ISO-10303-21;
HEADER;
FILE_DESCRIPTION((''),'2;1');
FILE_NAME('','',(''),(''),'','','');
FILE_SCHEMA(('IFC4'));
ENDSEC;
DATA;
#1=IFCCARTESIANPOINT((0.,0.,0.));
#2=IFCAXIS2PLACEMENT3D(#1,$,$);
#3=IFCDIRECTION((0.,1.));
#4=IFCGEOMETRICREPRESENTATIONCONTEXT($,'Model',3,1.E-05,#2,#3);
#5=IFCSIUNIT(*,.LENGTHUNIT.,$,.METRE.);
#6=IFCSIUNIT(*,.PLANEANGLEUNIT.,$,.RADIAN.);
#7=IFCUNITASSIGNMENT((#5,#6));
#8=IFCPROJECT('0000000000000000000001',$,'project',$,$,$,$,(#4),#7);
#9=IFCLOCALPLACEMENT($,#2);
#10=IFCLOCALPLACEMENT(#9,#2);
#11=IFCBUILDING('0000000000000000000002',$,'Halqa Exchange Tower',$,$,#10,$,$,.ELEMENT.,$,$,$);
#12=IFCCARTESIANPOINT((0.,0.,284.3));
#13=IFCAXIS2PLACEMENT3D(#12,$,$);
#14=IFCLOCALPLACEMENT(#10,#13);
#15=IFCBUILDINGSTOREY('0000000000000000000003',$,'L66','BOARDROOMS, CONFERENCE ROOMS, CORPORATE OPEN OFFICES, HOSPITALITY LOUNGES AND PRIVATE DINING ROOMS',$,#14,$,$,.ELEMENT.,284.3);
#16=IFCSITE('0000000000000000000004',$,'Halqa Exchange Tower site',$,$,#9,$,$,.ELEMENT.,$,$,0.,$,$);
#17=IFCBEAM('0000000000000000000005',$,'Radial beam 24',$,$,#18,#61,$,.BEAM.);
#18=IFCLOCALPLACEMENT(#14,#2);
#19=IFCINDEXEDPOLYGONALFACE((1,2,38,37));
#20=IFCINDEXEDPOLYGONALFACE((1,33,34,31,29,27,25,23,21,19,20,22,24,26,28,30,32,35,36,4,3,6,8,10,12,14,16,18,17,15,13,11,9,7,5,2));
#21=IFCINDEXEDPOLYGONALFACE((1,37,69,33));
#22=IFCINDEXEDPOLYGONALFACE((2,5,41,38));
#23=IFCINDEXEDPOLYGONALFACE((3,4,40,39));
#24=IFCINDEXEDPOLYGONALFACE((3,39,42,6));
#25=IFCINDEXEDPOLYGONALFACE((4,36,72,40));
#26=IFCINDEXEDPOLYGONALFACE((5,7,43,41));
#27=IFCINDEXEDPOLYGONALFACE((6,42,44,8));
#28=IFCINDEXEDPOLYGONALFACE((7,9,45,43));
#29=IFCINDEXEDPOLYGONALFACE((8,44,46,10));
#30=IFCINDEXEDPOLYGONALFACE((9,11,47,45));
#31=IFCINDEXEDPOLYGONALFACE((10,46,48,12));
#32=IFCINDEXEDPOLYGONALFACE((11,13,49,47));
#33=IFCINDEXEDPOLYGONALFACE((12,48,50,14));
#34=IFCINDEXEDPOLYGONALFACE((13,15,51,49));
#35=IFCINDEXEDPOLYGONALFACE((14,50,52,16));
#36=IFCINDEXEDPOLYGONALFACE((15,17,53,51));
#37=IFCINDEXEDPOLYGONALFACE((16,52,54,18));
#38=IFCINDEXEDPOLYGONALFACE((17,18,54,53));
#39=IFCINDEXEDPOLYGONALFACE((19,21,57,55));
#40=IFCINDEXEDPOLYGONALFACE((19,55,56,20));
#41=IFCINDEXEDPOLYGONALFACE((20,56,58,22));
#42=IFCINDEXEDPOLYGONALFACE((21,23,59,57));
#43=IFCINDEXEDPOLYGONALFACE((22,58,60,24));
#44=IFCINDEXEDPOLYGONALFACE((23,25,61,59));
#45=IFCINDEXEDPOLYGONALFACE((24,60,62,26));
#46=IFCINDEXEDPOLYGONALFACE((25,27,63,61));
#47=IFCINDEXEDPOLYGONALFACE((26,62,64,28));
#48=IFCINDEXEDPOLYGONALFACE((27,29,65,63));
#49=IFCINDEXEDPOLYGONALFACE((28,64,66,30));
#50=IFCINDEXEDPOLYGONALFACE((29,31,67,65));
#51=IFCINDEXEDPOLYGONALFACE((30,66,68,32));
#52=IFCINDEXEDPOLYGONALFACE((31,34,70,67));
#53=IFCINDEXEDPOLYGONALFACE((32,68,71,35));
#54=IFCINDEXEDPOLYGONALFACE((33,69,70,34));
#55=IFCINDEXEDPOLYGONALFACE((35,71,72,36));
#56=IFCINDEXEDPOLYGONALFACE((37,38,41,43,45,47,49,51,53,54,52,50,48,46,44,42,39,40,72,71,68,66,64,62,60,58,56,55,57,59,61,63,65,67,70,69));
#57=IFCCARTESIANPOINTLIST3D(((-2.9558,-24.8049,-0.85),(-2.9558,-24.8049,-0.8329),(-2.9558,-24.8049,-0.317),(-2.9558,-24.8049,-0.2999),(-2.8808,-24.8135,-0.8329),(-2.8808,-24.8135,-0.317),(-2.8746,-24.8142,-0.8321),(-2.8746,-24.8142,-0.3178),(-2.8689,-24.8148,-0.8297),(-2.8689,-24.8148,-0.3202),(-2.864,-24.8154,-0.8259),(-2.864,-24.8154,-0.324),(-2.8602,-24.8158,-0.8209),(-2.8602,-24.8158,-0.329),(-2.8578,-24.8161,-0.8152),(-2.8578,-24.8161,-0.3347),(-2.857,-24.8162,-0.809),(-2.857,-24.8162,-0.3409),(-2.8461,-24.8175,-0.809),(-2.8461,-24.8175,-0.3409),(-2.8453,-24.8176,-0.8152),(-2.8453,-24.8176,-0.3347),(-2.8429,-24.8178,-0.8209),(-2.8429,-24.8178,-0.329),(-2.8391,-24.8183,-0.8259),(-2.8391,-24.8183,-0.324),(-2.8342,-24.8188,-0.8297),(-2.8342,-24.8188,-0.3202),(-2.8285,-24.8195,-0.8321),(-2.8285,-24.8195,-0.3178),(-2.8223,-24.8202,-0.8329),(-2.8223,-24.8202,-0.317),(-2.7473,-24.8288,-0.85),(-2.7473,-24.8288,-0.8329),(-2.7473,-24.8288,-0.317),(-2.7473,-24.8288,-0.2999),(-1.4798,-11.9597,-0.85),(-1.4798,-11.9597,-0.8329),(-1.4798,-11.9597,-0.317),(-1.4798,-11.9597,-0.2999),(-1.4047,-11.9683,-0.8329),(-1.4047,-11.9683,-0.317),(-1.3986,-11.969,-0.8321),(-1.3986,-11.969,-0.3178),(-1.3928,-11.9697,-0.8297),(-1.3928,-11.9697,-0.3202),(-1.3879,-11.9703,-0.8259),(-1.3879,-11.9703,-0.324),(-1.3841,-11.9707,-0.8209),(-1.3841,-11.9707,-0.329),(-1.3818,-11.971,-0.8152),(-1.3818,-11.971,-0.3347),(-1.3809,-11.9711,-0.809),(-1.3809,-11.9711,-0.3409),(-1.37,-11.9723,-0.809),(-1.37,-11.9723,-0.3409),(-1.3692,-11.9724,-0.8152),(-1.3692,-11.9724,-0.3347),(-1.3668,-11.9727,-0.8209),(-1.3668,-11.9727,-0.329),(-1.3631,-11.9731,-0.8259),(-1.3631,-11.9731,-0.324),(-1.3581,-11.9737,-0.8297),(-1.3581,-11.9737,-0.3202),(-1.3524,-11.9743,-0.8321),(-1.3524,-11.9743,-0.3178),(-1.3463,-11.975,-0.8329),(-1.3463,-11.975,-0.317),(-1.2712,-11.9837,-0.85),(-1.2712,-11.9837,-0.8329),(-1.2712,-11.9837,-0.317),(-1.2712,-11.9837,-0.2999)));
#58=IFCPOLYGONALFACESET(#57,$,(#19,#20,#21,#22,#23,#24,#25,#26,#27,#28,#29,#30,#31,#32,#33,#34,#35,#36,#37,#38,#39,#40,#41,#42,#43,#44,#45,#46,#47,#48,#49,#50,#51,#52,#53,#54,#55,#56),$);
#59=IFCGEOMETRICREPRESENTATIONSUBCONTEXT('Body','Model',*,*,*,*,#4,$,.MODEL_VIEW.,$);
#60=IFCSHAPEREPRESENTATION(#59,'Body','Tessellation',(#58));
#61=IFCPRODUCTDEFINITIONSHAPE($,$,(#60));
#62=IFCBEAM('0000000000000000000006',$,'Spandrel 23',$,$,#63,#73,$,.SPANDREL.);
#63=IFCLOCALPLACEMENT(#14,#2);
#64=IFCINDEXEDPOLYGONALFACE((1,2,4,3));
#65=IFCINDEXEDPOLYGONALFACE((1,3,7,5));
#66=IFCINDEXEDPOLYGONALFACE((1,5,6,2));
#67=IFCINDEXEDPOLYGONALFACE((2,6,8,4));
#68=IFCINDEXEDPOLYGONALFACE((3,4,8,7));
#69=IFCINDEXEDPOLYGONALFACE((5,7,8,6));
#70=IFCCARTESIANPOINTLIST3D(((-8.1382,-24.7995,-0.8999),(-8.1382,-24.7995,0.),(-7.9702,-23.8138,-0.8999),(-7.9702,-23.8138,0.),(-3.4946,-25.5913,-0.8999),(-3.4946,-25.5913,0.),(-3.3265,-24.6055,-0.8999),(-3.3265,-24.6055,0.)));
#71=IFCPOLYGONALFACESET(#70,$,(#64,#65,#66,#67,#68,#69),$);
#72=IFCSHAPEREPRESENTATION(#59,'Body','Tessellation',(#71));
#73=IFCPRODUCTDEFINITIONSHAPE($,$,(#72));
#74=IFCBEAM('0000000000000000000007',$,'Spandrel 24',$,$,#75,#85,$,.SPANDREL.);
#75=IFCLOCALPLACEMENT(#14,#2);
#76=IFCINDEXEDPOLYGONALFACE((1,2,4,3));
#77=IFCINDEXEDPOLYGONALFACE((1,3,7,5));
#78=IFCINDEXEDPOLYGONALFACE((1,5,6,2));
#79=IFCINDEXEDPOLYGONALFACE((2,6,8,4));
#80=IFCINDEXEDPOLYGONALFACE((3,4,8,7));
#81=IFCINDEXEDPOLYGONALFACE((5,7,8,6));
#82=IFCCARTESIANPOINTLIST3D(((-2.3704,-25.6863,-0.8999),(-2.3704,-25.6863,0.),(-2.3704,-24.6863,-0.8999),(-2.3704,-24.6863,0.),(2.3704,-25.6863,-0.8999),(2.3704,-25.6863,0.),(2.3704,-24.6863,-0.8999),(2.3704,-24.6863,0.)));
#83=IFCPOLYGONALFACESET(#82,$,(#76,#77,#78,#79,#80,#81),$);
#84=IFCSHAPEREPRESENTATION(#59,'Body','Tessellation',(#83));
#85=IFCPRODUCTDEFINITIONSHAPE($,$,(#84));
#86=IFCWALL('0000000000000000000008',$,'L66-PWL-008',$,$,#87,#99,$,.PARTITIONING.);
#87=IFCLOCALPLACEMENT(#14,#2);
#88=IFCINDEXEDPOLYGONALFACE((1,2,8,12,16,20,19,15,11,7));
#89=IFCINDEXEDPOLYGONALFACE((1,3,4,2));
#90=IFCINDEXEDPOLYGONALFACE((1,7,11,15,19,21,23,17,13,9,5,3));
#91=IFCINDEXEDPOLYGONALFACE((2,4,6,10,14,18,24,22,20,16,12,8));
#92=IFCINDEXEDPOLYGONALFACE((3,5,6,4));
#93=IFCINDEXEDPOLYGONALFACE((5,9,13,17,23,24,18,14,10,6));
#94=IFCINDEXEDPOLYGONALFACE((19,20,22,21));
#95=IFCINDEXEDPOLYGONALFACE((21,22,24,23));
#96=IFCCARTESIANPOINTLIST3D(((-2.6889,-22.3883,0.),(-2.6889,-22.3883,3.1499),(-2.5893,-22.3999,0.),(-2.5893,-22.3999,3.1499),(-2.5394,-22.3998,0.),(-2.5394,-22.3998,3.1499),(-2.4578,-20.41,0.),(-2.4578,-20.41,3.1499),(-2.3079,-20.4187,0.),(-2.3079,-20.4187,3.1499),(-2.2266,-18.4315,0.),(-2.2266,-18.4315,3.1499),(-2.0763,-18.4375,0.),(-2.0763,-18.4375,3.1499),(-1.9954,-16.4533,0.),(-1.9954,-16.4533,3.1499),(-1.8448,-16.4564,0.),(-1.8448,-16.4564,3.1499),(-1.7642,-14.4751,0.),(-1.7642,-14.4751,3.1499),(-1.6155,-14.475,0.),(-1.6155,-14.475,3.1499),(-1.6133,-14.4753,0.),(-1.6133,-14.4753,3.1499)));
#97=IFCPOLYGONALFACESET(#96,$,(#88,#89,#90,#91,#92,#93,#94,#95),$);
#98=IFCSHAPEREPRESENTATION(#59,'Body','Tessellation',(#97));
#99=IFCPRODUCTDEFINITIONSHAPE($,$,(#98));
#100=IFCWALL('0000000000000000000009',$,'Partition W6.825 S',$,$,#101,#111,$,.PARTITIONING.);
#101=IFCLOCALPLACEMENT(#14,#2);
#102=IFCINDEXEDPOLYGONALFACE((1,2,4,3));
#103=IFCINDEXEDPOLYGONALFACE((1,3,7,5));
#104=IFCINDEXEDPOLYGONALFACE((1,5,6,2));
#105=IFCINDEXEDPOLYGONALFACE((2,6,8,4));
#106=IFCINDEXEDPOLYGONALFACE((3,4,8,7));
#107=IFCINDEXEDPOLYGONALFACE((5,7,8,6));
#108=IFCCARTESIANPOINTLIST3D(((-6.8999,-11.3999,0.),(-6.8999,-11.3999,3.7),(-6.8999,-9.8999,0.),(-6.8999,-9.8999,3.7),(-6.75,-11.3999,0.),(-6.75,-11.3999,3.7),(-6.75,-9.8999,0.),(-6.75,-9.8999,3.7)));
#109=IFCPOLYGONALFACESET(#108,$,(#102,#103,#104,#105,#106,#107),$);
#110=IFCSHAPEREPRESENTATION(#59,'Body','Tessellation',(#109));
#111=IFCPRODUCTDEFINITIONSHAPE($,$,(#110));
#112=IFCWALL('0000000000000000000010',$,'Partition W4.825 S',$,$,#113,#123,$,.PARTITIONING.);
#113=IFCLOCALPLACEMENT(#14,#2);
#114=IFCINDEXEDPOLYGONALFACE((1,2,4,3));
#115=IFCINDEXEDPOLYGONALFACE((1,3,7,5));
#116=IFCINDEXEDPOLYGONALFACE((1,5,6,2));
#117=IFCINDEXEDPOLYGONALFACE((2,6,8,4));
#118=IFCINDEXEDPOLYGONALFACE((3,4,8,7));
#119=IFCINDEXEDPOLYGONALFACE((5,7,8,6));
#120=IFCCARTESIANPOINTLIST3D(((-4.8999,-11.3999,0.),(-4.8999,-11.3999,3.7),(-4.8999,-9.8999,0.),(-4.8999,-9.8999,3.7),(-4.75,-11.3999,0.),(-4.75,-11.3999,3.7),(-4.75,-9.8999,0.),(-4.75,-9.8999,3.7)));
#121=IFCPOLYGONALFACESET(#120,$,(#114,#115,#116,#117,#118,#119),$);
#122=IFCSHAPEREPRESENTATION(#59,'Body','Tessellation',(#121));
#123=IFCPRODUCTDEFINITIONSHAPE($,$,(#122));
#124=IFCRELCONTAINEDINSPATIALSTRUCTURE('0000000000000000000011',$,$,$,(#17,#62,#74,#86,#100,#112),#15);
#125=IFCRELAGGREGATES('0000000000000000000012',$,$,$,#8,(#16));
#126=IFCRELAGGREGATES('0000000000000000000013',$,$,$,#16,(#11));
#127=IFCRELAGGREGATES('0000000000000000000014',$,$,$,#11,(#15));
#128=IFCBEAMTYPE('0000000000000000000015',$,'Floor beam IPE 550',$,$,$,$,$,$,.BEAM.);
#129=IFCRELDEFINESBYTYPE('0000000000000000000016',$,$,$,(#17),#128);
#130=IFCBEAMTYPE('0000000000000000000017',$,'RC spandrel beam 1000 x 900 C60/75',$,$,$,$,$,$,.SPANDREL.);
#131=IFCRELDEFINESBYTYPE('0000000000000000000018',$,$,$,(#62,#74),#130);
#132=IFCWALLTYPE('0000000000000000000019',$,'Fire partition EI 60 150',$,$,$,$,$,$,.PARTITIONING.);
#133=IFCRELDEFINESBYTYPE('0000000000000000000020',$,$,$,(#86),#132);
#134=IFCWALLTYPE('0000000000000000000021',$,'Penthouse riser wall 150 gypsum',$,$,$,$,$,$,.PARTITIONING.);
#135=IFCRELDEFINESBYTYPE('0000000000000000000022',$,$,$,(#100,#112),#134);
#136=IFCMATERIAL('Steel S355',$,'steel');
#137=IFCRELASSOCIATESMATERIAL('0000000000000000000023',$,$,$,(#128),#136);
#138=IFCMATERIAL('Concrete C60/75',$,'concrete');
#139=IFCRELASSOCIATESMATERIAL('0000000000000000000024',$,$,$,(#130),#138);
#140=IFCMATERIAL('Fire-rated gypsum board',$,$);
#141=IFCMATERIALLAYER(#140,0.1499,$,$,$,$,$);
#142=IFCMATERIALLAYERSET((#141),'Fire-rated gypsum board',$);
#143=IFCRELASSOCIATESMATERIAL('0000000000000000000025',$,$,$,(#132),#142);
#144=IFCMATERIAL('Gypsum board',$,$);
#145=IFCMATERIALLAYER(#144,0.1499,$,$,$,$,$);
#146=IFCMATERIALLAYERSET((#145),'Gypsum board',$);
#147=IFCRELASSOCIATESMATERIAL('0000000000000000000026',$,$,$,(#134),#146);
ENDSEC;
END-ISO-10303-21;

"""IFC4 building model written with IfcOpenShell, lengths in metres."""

from ifc_helpers import new_model, si_unit, direction, frame, frame_2d, origin, origin_2d, place, context, subcontext, project, spatial, polyline, rectangle, i_section, outline, extrude, material, layer, layer_set, material_profile, profile_set, type_object, element, save


model = new_model("IFC4")

# Units and contexts
model_context = context("Model", 3, precision=1e-05, world=origin(), true_north=direction((0.0, 1.0)))
body_context = subcontext(model_context, "Body", "Model", "MODEL_VIEW")
ifc_project = project(units=[si_unit("LENGTHUNIT", "METRE"), si_unit("PLANEANGLEUNIT", "RADIAN")], contexts=[model_context])

# Site, building, storey
site_placement = place(None, origin())
site = spatial("IfcSite", under=ifc_project, at=site_placement, Name="Halqa Exchange Tower site", CompositionType="ELEMENT", RefElevation=0.0)
building_placement = place(site_placement, origin())
building = spatial("IfcBuilding", under=site, at=building_placement, Name="Halqa Exchange Tower", CompositionType="ELEMENT")
storey_placement = place(building_placement, frame((0.0, 0.0, 284.3)))
storey = spatial("IfcBuildingStorey", under=building, at=storey_placement, Name="L66", Description="BOARDROOMS, CONFERENCE ROOMS, CORPORATE OPEN OFFICES, HOSPITALITY LOUNGES AND PRIVATE DINING ROOMS", CompositionType="ELEMENT", Elevation=284.3)

# Shared definitions
ifc_material_1 = material(Name="Concrete C60/75", Category="concrete")

# Beams
ifc_material_2 = material(Name="Steel S355", Category="steel")
ifc_material_profile_1 = material_profile(ifc_material_2, i_section(OverallWidth=0.21, OverallDepth=0.55, WebThickness=0.011, FlangeThickness=0.0171, FilletRadius=0.0239, at=origin_2d()), Name="IPE 550")
ifc_profile_set_1 = profile_set([ifc_material_profile_1], Name="Steel S355")
beam_type_1 = type_object("IfcBeamType", Name="Floor beam IPE 550", PredefinedType="BEAM", material=ifc_profile_set_1)
beam_1_placement = place(storey_placement, frame((-1.3755, -11.9717, -0.575), z_axis=(-0.114161, -0.993462, 0.0), x_axis=(0.993462, -0.114161, 0.0)))
element("IfcBeam", 1, at=beam_1_placement, inside=storey, type_object=beam_type_1, Name="Radial beam 24", PredefinedType="BEAM", context=body_context, shape_type="SweptSolid", body=[
    extrude(i_section(OverallWidth=0.21, OverallDepth=0.55, WebThickness=0.011, FlangeThickness=0.0171, FilletRadius=0.0239, at=origin_2d()), origin(), (0.0, 0.0, 1.0), 12.9297),
])
ifc_material_profile_2 = material_profile(ifc_material_1, rectangle(XDim=1.0, YDim=0.8999, at=origin_2d()), Name="1000 x 900")
ifc_profile_set_2 = profile_set([ifc_material_profile_2], Name="Concrete C60/75")
beam_type_2 = type_object("IfcBeamType", Name="RC spandrel beam 1000 x 900 C60/75", PredefinedType="SPANDREL", material=ifc_profile_set_2)
beam_2_placement = place(storey_placement, frame((-8.0542, -24.3066, -0.45), z_axis=(0.985775, -0.16807, 0.0), x_axis=(0.16807, 0.985775, 0.0)))
element("IfcBeam", 2, at=beam_2_placement, inside=storey, type_object=beam_type_2, Name="Spandrel 23", PredefinedType="SPANDREL", context=body_context, shape_type="SweptSolid", body=[
    extrude(rectangle(XDim=1.0, YDim=0.8999, at=origin_2d()), origin(), (0.0, 0.0, 1.0), 4.7107),
])
beam_3_placement = place(storey_placement, frame((-2.3704, -25.1863, -0.45), z_axis=(1.0, 0.0, 0.0), x_axis=(0.0, 1.0, 0.0)))
element("IfcBeam", 3, at=beam_3_placement, inside=storey, type_object=beam_type_2, Name="Spandrel 24", PredefinedType="SPANDREL", context=body_context, shape_type="SweptSolid", body=[
    extrude(rectangle(XDim=1.0, YDim=0.8999, at=origin_2d()), origin(), (0.0, 0.0, 1.0), 4.7407),
])

# Walls
ifc_material_3 = material(Name="Fire-rated gypsum board")
ifc_layer_1 = layer(ifc_material_3, 0.1499)
ifc_layer_set_1 = layer_set([ifc_layer_1], Name="Fire-rated gypsum board")
wall_type_1 = type_object("IfcWallType", Name="Fire partition EI 60 150", PredefinedType="PARTITIONING", material=ifc_layer_set_1)
wall_1_placement = place(storey_placement, frame((-1.6877, -14.4666, 0.0), z_axis=(0.0, 0.0, 1.0), x_axis=(-0.116071, -0.993241, 0.0)))
element("IfcWall", 4, at=wall_1_placement, inside=storey, type_object=wall_type_1, Name="L66-PWL-008", PredefinedType="PARTITIONING", context=body_context, shape_type="SweptSolid", body=[
    extrude(outline(polyline([(7.9844, -0.075), (7.9844, 0.0254), (7.9785, 0.075), (5.9839, 0.075), (3.9893, 0.075), (1.9946, 0.075), (0.0, 0.075), (0.0, 0.0728), (0.0173, -0.075), (2.009, -0.075), (4.0007, -0.075), (5.9927, -0.075), (7.9844, -0.075)])), origin(), (0.0, 0.0, 1.0), 3.1499),
])
ifc_material_4 = material(Name="Gypsum board")
ifc_layer_2 = layer(ifc_material_4, 0.1499)
ifc_layer_set_2 = layer_set([ifc_layer_2], Name="Gypsum board")
wall_type_2 = type_object("IfcWallType", Name="Penthouse riser wall 150 gypsum", PredefinedType="PARTITIONING", material=ifc_layer_set_2)
for number, where, z_axis, x_axis, name in (
    (5, (-6.825, -11.3999, 0.0), (0.0, 0.0, 1.0), (0.0, 1.0, 0.0), "Partition W6.825 S"),
    (6, (-4.825, -11.3999, 0.0), (0.0, 0.0, 1.0), (0.0, 1.0, 0.0), "Partition W4.825 S"),
):
    element("IfcWall", number, at=place(storey_placement, frame(where, z_axis=z_axis, x_axis=x_axis)), inside=storey, type_object=wall_type_2, Name=name, PredefinedType="PARTITIONING", context=body_context, shape_type="SweptSolid", body=[
        extrude(rectangle(XDim=1.5, YDim=0.1499, at=frame_2d((0.75, 0.0))), origin(), (0.0, 0.0, 1.0), 3.7),
    ])

save(model, "model.ifc")
